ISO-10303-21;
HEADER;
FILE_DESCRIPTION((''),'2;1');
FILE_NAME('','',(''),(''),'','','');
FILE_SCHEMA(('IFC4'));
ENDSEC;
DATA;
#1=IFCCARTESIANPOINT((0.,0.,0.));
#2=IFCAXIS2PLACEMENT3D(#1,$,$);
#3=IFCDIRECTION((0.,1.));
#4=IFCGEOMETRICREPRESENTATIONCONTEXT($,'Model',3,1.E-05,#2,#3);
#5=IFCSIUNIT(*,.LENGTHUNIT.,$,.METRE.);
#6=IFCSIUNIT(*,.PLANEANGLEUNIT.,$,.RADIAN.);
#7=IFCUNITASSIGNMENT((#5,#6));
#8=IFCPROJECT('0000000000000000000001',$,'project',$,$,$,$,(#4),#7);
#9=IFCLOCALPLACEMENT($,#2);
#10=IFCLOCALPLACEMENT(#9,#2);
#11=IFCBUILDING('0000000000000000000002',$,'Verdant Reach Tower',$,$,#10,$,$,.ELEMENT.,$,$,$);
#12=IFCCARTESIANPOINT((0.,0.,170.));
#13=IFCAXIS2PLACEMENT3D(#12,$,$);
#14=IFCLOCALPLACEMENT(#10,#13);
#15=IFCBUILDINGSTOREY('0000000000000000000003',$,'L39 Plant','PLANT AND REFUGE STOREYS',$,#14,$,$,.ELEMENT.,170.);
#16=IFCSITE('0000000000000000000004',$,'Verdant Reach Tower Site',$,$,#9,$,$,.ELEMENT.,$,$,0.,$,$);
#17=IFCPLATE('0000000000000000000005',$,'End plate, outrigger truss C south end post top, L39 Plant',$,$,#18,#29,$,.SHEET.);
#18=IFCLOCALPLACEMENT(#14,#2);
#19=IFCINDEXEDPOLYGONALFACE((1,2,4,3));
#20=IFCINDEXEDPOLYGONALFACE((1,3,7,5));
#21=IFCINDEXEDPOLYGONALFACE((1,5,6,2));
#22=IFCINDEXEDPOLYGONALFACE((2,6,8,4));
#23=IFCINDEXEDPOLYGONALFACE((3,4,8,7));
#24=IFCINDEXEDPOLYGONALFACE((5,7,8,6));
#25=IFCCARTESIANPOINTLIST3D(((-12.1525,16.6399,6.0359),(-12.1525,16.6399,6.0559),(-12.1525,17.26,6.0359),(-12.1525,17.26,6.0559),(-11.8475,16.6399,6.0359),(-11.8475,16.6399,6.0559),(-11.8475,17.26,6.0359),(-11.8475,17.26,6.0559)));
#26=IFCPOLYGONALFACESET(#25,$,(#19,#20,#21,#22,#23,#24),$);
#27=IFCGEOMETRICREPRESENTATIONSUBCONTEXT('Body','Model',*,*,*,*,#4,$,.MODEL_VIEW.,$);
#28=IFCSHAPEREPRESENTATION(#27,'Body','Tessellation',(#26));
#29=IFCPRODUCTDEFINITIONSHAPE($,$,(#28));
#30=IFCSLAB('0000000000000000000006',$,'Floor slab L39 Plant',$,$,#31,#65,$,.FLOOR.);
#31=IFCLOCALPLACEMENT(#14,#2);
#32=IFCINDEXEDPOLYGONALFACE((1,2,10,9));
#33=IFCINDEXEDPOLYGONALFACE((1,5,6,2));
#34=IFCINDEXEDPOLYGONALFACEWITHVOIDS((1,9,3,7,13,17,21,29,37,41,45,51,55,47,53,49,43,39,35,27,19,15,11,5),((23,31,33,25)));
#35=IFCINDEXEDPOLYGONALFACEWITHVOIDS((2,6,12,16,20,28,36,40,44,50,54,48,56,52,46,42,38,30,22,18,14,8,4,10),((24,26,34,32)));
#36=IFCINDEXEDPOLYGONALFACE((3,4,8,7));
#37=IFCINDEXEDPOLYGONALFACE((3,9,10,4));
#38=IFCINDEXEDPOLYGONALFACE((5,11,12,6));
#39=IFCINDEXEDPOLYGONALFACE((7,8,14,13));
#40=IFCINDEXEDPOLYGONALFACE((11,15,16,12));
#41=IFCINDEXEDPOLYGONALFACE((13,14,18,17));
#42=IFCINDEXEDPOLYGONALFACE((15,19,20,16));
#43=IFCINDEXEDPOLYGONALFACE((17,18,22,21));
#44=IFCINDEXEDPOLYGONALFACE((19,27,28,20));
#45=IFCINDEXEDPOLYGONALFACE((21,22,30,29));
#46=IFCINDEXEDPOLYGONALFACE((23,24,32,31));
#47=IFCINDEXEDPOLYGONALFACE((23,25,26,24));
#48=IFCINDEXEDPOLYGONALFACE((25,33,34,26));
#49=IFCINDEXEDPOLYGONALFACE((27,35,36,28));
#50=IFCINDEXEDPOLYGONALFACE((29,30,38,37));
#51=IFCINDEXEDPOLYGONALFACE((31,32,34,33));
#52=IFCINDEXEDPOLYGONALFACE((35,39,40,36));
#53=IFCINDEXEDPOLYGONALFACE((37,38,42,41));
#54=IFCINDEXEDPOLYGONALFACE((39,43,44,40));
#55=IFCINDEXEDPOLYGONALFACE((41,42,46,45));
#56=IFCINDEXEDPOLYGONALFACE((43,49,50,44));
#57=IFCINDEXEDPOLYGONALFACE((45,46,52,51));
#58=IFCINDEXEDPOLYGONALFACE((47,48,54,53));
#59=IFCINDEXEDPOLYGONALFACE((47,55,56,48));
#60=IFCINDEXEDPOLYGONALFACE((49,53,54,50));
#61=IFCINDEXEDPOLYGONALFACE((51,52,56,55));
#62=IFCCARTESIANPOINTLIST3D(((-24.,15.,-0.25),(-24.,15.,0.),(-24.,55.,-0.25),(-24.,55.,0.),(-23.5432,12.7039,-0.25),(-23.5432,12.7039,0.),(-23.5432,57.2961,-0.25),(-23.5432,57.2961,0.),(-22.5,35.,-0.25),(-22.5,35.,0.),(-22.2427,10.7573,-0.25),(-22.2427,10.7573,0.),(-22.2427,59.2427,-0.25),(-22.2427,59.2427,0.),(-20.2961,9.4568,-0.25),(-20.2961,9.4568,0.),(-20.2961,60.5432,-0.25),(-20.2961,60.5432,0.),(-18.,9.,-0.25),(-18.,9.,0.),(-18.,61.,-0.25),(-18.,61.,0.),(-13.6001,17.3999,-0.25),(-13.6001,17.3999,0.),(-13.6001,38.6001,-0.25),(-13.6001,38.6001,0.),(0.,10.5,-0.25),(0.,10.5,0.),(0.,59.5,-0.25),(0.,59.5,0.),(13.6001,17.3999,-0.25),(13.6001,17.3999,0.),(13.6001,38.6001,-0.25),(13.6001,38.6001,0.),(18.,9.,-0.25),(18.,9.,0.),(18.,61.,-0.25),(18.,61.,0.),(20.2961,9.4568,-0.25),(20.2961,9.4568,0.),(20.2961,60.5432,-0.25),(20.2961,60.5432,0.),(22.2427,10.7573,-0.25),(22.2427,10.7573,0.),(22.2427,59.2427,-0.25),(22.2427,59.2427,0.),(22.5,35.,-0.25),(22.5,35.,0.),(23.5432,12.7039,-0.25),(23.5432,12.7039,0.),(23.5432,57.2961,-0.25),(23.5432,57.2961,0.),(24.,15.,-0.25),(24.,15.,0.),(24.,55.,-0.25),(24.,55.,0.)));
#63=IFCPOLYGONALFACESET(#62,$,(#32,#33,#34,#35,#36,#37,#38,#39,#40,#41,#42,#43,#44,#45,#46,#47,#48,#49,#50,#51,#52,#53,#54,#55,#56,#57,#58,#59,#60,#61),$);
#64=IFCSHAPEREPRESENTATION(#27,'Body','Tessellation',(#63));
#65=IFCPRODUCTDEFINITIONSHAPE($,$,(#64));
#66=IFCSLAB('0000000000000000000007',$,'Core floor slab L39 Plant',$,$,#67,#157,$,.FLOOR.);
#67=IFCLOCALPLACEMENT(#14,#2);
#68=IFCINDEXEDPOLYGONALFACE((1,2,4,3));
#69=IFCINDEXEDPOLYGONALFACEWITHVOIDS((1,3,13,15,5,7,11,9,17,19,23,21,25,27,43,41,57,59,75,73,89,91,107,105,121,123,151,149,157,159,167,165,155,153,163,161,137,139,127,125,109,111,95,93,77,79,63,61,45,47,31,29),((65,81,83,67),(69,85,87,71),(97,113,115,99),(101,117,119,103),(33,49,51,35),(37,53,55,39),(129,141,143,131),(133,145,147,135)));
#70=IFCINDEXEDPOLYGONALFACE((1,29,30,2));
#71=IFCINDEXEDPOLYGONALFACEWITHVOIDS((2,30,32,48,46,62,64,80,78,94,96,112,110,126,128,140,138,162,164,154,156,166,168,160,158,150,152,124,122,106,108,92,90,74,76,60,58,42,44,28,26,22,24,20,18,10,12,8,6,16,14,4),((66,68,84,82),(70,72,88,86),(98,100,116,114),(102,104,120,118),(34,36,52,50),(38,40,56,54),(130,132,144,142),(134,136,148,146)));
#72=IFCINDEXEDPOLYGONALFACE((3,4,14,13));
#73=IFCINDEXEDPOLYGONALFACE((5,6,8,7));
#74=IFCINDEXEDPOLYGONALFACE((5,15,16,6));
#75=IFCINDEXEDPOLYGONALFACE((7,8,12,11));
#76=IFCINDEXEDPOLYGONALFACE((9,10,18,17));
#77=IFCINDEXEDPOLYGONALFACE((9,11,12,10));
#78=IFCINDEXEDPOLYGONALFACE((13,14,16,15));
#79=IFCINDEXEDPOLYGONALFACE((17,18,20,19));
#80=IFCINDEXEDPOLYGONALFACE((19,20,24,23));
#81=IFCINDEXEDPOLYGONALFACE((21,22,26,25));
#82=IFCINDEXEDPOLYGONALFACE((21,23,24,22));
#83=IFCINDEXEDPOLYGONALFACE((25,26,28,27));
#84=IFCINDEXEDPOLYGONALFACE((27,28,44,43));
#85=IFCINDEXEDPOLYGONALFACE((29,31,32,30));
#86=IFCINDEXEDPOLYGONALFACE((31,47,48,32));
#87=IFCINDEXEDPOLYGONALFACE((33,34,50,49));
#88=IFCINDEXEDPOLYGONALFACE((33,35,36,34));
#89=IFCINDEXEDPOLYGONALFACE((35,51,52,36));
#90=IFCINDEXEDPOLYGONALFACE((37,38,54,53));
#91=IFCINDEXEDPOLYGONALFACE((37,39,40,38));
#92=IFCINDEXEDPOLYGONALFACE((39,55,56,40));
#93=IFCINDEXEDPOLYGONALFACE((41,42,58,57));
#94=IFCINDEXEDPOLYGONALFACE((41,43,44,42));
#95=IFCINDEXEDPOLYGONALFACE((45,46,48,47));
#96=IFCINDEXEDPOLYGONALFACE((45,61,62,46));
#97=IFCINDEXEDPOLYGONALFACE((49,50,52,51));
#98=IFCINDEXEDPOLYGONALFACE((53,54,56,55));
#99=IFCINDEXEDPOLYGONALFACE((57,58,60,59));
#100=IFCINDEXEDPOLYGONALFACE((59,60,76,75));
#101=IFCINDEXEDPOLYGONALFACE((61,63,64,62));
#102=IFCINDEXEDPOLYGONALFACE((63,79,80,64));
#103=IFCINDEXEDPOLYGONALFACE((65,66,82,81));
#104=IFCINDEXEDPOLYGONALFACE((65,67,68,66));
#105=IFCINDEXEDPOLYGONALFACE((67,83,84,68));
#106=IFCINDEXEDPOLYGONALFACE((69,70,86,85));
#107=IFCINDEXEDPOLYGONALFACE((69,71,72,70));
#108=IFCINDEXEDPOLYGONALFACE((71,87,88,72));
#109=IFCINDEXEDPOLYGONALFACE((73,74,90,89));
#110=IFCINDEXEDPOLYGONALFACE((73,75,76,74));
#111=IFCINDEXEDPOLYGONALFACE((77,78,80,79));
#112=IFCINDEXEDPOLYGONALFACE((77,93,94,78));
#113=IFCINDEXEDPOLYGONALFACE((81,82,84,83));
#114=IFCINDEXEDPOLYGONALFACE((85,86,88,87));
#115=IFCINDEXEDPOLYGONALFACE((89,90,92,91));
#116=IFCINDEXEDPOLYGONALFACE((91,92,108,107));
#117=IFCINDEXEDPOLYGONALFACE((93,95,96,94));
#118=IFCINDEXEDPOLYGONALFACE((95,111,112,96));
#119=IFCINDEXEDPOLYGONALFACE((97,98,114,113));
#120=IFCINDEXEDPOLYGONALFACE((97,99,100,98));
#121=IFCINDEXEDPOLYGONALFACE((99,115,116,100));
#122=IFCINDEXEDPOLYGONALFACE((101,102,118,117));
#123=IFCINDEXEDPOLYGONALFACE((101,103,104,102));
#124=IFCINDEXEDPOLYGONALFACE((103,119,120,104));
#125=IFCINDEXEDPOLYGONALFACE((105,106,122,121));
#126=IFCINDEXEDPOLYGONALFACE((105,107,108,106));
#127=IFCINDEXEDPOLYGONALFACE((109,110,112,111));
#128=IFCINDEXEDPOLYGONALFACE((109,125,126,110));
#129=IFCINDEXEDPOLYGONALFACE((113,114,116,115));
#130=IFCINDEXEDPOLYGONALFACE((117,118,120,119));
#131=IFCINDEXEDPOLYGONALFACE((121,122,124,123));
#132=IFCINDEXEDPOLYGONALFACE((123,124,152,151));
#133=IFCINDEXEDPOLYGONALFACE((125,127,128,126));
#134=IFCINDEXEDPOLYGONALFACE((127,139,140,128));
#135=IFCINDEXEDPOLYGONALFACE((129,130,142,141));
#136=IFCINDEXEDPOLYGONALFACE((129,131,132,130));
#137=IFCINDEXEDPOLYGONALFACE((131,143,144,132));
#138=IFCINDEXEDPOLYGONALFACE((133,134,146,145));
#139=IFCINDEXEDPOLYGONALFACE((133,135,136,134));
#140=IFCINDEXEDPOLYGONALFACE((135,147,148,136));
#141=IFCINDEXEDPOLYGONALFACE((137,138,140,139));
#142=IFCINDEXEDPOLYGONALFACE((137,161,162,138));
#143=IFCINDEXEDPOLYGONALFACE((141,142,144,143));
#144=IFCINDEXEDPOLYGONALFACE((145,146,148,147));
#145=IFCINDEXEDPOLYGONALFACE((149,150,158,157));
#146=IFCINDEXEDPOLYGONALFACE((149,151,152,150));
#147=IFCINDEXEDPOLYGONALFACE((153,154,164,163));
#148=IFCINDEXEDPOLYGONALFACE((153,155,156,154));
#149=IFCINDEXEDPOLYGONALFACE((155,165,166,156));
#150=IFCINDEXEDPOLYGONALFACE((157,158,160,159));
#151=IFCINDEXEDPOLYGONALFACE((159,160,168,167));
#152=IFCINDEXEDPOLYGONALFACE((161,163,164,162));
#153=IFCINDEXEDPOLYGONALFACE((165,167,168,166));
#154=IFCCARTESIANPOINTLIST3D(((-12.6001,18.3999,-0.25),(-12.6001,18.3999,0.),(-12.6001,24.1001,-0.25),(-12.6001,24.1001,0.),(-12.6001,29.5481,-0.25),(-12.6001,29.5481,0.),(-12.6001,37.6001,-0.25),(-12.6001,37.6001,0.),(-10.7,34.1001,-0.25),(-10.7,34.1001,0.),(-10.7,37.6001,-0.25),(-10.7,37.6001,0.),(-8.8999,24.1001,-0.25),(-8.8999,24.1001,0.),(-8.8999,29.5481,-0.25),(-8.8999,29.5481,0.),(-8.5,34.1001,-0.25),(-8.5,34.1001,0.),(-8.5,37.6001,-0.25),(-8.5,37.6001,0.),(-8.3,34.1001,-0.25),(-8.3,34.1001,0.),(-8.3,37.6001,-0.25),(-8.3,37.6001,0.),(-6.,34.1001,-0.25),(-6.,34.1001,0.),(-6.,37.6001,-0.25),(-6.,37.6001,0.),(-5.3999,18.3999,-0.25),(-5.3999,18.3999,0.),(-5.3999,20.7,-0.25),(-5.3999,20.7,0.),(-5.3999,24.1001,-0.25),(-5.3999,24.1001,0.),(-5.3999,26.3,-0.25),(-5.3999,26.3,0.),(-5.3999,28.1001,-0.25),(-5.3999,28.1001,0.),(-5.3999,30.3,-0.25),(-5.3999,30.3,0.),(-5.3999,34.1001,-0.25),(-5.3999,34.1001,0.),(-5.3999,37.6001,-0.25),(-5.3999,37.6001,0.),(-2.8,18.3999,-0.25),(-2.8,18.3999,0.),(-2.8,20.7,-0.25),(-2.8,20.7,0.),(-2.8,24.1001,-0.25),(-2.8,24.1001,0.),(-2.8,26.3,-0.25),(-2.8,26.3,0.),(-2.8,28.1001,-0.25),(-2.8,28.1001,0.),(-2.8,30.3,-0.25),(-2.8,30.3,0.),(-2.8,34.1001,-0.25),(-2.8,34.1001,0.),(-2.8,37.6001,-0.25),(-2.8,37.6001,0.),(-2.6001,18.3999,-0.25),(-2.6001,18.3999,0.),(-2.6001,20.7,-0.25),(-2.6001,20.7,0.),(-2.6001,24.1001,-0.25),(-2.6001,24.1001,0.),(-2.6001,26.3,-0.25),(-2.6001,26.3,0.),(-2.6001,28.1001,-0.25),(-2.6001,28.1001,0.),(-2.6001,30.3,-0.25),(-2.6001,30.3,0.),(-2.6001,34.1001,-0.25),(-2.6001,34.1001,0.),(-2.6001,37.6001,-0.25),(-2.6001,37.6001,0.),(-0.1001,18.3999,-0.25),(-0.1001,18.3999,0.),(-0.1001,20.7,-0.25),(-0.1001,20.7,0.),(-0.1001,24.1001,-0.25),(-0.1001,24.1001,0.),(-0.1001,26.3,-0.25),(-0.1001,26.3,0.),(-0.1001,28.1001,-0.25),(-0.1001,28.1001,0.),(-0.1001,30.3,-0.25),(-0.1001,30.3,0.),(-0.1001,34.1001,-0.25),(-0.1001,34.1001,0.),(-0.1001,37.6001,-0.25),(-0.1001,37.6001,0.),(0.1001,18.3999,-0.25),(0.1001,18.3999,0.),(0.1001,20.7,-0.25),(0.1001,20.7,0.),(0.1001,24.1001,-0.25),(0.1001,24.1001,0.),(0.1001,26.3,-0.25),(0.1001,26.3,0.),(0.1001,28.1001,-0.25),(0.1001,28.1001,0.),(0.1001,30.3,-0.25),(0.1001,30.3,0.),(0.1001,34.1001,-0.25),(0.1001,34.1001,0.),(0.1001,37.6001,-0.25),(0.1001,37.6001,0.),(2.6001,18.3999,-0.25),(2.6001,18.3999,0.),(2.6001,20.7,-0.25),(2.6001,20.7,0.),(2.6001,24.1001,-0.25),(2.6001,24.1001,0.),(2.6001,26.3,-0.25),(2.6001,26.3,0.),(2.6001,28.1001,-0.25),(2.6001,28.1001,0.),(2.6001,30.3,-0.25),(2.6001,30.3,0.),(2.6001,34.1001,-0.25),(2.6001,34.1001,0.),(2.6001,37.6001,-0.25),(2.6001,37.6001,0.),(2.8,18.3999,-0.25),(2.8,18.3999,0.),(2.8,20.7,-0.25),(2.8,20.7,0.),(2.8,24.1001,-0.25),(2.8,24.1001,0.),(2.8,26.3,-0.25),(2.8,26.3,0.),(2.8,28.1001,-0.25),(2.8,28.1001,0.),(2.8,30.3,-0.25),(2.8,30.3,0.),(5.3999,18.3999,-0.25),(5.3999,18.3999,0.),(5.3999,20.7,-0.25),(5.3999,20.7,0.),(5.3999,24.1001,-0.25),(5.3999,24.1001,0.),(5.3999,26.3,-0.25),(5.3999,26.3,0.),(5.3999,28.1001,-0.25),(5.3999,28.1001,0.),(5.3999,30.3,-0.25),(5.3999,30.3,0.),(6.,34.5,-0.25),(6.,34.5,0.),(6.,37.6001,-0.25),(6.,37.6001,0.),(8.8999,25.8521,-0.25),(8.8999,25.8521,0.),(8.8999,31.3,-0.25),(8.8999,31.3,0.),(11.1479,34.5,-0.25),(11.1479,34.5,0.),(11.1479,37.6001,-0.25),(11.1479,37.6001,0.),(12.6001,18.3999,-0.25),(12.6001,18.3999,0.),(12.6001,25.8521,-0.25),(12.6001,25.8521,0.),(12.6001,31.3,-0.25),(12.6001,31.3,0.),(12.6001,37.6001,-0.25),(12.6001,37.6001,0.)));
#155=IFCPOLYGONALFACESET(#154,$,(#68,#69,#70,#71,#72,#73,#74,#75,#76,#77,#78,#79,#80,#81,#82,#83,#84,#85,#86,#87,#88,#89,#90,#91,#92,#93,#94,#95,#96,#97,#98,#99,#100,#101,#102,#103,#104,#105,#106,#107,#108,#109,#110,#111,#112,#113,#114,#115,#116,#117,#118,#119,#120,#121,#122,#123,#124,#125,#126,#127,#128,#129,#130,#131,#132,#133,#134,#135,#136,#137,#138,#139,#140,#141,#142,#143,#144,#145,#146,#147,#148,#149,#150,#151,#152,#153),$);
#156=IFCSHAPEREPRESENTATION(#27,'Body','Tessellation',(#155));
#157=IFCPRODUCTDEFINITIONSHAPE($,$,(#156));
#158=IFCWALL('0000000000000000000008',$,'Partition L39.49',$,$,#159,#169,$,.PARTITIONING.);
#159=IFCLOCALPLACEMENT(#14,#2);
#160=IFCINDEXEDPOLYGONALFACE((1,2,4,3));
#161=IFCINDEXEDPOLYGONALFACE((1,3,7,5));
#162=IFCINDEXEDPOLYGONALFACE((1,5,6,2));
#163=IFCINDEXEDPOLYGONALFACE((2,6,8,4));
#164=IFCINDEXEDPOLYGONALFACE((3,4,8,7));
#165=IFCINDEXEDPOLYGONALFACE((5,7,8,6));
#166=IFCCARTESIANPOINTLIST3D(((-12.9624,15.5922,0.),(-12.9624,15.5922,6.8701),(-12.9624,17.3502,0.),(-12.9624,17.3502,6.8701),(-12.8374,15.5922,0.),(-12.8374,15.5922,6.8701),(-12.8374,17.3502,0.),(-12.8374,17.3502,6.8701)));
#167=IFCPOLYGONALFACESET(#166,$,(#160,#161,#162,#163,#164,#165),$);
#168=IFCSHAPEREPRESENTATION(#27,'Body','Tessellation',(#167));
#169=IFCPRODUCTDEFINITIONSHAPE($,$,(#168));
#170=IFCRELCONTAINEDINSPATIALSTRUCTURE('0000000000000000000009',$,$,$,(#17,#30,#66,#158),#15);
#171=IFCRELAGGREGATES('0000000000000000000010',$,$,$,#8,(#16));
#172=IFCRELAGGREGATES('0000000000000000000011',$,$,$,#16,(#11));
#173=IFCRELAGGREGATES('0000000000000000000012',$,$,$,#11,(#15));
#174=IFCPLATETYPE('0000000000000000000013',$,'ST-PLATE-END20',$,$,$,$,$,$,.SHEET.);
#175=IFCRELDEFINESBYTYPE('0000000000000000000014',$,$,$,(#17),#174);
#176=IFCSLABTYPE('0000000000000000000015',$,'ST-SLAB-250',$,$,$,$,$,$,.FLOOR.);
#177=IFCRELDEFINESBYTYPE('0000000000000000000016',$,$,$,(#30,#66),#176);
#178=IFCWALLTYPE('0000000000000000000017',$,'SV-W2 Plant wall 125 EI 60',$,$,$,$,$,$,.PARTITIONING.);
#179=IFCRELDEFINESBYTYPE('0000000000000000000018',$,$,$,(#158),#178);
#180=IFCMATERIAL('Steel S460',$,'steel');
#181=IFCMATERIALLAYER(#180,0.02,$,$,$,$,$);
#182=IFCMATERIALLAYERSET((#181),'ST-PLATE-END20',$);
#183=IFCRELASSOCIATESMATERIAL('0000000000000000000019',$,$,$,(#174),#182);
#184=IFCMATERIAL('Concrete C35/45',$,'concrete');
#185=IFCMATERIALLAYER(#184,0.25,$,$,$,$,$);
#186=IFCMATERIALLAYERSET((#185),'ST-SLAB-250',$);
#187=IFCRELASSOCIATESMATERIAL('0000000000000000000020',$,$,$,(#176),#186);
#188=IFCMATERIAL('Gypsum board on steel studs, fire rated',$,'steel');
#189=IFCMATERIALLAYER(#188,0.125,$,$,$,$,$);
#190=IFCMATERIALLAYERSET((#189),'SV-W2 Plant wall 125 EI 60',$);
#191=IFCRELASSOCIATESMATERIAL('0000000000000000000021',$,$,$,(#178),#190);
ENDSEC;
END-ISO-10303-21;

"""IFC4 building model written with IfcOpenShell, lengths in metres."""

from ifc_helpers import new_model, si_unit, direction, frame, frame_2d, origin, origin_2d, place, context, subcontext, project, spatial, polyline, rectangle, outline, extrude, material, layer, layer_set, type_object, element, save


model = new_model("IFC4")

# Units and contexts
model_context = context("Model", 3, precision=1e-05, world=origin(), true_north=direction((0.0, 1.0)))
body_context = subcontext(model_context, "Body", "Model", "MODEL_VIEW")
ifc_project = project(units=[si_unit("LENGTHUNIT", "METRE"), si_unit("PLANEANGLEUNIT", "RADIAN")], contexts=[model_context])

# Site, building, storey
site_placement = place(None, origin())
site = spatial("IfcSite", under=ifc_project, at=site_placement, Name="Verdant Reach Tower Site", CompositionType="ELEMENT", RefElevation=0.0)
building_placement = place(site_placement, origin())
building = spatial("IfcBuilding", under=site, at=building_placement, Name="Verdant Reach Tower", CompositionType="ELEMENT")
storey_placement = place(building_placement, frame((0.0, 0.0, 170.0)))
storey = spatial("IfcBuildingStorey", under=building, at=storey_placement, Name="L39 Plant", Description="PLANT AND REFUGE STOREYS", CompositionType="ELEMENT", Elevation=170.0)

# Shared definitions
ifc_material_1 = material(Name="Steel S460", Category="steel")

# Plate
ifc_layer_1 = layer(ifc_material_1, 0.02)
ifc_layer_set_1 = layer_set([ifc_layer_1], Name="ST-PLATE-END20")
plate_type_1 = type_object("IfcPlateType", Name="ST-PLATE-END20", PredefinedType="SHEET", material=ifc_layer_set_1)
for number, where, z_axis, x_axis, name in (
    (1, (-12.0, 16.95, 6.0359), (0.0, 0.0, 1.0), (1.0, 0.0, 0.0), "End plate, outrigger truss C south end post top, L39 Plant"),
):
    element("IfcPlate", number, at=place(storey_placement, frame(where, z_axis=z_axis, x_axis=x_axis)), inside=storey, type_object=plate_type_1, Name=name, PredefinedType="SHEET", context=body_context, shape_type="SweptSolid", body=[
        extrude(rectangle(XDim=0.3049, YDim=0.6201, at=origin_2d()), origin(), (0.0, 0.0, 1.0), 0.02),
    ])

# Slabs
ifc_material_2 = material(Name="Concrete C35/45", Category="concrete")
ifc_layer_2 = layer(ifc_material_2, 0.25)
ifc_layer_set_2 = layer_set([ifc_layer_2], Name="ST-SLAB-250")
slab_type_1 = type_object("IfcSlabType", Name="ST-SLAB-250", PredefinedType="FLOOR", material=ifc_layer_set_2)
slab_1_placement = place(storey_placement, frame((0.0, 0.0, -0.25)))
element("IfcSlab", 2, at=slab_1_placement, inside=storey, type_object=slab_type_1, Name="Floor slab L39 Plant", PredefinedType="FLOOR", context=body_context, shape_type="SweptSolid", body=[
    extrude(outline(polyline([(0.0, 10.5), (-18.0, 9.0), (-20.2961, 9.4568), (-22.2427, 10.7573), (-23.5432, 12.7039), (-24.0, 15.0), (-22.5, 35.0), (-24.0, 55.0), (-23.5432, 57.2961), (-22.2427, 59.2427), (-20.2961, 60.5432), (-18.0, 61.0), (0.0, 59.5), (18.0, 61.0), (20.2961, 60.5432), (22.2427, 59.2427), (23.5432, 57.2961), (24.0, 55.0), (22.5, 35.0), (24.0, 15.0), (23.5432, 12.7039), (22.2427, 10.7573), (20.2961, 9.4568), (18.0, 9.0), (0.0, 10.5)]), holes=[polyline([(13.6001, 38.6001), (-13.6001, 38.6001), (-13.6001, 17.3999), (13.6001, 17.3999), (13.6001, 38.6001)])]), origin(), (0.0, 0.0, 1.0), 0.25),
])
slab_2_placement = place(storey_placement, frame((0.0, 0.0, -0.25)))
element("IfcSlab", 3, at=slab_2_placement, inside=storey, type_object=slab_type_1, Name="Core floor slab L39 Plant", PredefinedType="FLOOR", context=body_context, shape_type="SweptSolid", body=[
    extrude(outline(polyline([(12.6001, 18.3999), (5.3999, 18.3999), (5.3999, 20.7), (2.8, 20.7), (2.8, 18.3999), (2.6001, 18.3999), (2.6001, 20.7), (0.1001, 20.7), (0.1001, 18.3999), (-0.1001, 18.3999), (-0.1001, 20.7), (-2.6001, 20.7), (-2.6001, 18.3999), (-2.8, 18.3999), (-2.8, 20.7), (-5.3999, 20.7), (-5.3999, 18.3999), (-12.6001, 18.3999), (-12.6001, 24.1001), (-8.8999, 24.1001), (-8.8999, 29.5481), (-12.6001, 29.5481), (-12.6001, 37.6001), (-10.7, 37.6001), (-10.7, 34.1001), (-8.5, 34.1001), (-8.5, 37.6001), (-8.3, 37.6001), (-8.3, 34.1001), (-6.0, 34.1001), (-6.0, 37.6001), (-5.3999, 37.6001), (-5.3999, 34.1001), (-2.8, 34.1001), (-2.8, 37.6001), (-2.6001, 37.6001), (-2.6001, 34.1001), (-0.1001, 34.1001), (-0.1001, 37.6001), (0.1001, 37.6001), (0.1001, 34.1001), (2.6001, 34.1001), (2.6001, 37.6001), (6.0, 37.6001), (6.0, 34.5), (11.1479, 34.5), (11.1479, 37.6001), (12.6001, 37.6001), (12.6001, 31.3), (8.8999, 31.3), (8.8999, 25.8521), (12.6001, 25.8521), (12.6001, 18.3999)]), holes=[polyline([(-2.8, 24.1001), (-2.8, 26.3), (-5.3999, 26.3), (-5.3999, 24.1001), (-2.8, 24.1001)]), polyline([(-2.6001, 24.1001), (-0.1001, 24.1001), (-0.1001, 26.3), (-2.6001, 26.3), (-2.6001, 24.1001)]), polyline([(-2.8, 28.1001), (-2.8, 30.3), (-5.3999, 30.3), (-5.3999, 28.1001), (-2.8, 28.1001)]), polyline([(-0.1001, 28.1001), (-0.1001, 30.3), (-2.6001, 30.3), (-2.6001, 28.1001), (-0.1001, 28.1001)]), polyline([(2.6001, 24.1001), (2.6001, 26.3), (0.1001, 26.3), (0.1001, 24.1001), (2.6001, 24.1001)]), polyline([(2.8, 24.1001), (5.3999, 24.1001), (5.3999, 26.3), (2.8, 26.3), (2.8, 24.1001)]), polyline([(2.6001, 28.1001), (2.6001, 30.3), (0.1001, 30.3), (0.1001, 28.1001), (2.6001, 28.1001)]), polyline([(5.3999, 28.1001), (5.3999, 30.3), (2.8, 30.3), (2.8, 28.1001), (5.3999, 28.1001)])]), origin(), (0.0, 0.0, 1.0), 0.25),
])

# Wall
ifc_material_3 = material(Name="Gypsum board on steel studs, fire rated", Category="steel")
ifc_layer_3 = layer(ifc_material_3, 0.125)
ifc_layer_set_3 = layer_set([ifc_layer_3], Name="SV-W2 Plant wall 125 EI 60")
wall_type_1 = type_object("IfcWallType", Name="SV-W2 Plant wall 125 EI 60", PredefinedType="PARTITIONING", material=ifc_layer_set_3)
wall_1_placement = place(storey_placement, frame((-12.8999, 17.3501, 0.0), z_axis=(0.0, 0.0, 1.0), x_axis=(0.0, -1.0, 0.0)))
element("IfcWall", 4, at=wall_1_placement, inside=storey, type_object=wall_type_1, Name="Partition L39.49", PredefinedType="PARTITIONING", context=body_context, shape_type="SweptSolid", body=[
    extrude(rectangle(XDim=1.7581, YDim=0.125, at=frame_2d((0.8789, 0.0))), origin(), (0.0, 0.0, 1.0), 6.8701),
])

save(model, "model.ifc")
